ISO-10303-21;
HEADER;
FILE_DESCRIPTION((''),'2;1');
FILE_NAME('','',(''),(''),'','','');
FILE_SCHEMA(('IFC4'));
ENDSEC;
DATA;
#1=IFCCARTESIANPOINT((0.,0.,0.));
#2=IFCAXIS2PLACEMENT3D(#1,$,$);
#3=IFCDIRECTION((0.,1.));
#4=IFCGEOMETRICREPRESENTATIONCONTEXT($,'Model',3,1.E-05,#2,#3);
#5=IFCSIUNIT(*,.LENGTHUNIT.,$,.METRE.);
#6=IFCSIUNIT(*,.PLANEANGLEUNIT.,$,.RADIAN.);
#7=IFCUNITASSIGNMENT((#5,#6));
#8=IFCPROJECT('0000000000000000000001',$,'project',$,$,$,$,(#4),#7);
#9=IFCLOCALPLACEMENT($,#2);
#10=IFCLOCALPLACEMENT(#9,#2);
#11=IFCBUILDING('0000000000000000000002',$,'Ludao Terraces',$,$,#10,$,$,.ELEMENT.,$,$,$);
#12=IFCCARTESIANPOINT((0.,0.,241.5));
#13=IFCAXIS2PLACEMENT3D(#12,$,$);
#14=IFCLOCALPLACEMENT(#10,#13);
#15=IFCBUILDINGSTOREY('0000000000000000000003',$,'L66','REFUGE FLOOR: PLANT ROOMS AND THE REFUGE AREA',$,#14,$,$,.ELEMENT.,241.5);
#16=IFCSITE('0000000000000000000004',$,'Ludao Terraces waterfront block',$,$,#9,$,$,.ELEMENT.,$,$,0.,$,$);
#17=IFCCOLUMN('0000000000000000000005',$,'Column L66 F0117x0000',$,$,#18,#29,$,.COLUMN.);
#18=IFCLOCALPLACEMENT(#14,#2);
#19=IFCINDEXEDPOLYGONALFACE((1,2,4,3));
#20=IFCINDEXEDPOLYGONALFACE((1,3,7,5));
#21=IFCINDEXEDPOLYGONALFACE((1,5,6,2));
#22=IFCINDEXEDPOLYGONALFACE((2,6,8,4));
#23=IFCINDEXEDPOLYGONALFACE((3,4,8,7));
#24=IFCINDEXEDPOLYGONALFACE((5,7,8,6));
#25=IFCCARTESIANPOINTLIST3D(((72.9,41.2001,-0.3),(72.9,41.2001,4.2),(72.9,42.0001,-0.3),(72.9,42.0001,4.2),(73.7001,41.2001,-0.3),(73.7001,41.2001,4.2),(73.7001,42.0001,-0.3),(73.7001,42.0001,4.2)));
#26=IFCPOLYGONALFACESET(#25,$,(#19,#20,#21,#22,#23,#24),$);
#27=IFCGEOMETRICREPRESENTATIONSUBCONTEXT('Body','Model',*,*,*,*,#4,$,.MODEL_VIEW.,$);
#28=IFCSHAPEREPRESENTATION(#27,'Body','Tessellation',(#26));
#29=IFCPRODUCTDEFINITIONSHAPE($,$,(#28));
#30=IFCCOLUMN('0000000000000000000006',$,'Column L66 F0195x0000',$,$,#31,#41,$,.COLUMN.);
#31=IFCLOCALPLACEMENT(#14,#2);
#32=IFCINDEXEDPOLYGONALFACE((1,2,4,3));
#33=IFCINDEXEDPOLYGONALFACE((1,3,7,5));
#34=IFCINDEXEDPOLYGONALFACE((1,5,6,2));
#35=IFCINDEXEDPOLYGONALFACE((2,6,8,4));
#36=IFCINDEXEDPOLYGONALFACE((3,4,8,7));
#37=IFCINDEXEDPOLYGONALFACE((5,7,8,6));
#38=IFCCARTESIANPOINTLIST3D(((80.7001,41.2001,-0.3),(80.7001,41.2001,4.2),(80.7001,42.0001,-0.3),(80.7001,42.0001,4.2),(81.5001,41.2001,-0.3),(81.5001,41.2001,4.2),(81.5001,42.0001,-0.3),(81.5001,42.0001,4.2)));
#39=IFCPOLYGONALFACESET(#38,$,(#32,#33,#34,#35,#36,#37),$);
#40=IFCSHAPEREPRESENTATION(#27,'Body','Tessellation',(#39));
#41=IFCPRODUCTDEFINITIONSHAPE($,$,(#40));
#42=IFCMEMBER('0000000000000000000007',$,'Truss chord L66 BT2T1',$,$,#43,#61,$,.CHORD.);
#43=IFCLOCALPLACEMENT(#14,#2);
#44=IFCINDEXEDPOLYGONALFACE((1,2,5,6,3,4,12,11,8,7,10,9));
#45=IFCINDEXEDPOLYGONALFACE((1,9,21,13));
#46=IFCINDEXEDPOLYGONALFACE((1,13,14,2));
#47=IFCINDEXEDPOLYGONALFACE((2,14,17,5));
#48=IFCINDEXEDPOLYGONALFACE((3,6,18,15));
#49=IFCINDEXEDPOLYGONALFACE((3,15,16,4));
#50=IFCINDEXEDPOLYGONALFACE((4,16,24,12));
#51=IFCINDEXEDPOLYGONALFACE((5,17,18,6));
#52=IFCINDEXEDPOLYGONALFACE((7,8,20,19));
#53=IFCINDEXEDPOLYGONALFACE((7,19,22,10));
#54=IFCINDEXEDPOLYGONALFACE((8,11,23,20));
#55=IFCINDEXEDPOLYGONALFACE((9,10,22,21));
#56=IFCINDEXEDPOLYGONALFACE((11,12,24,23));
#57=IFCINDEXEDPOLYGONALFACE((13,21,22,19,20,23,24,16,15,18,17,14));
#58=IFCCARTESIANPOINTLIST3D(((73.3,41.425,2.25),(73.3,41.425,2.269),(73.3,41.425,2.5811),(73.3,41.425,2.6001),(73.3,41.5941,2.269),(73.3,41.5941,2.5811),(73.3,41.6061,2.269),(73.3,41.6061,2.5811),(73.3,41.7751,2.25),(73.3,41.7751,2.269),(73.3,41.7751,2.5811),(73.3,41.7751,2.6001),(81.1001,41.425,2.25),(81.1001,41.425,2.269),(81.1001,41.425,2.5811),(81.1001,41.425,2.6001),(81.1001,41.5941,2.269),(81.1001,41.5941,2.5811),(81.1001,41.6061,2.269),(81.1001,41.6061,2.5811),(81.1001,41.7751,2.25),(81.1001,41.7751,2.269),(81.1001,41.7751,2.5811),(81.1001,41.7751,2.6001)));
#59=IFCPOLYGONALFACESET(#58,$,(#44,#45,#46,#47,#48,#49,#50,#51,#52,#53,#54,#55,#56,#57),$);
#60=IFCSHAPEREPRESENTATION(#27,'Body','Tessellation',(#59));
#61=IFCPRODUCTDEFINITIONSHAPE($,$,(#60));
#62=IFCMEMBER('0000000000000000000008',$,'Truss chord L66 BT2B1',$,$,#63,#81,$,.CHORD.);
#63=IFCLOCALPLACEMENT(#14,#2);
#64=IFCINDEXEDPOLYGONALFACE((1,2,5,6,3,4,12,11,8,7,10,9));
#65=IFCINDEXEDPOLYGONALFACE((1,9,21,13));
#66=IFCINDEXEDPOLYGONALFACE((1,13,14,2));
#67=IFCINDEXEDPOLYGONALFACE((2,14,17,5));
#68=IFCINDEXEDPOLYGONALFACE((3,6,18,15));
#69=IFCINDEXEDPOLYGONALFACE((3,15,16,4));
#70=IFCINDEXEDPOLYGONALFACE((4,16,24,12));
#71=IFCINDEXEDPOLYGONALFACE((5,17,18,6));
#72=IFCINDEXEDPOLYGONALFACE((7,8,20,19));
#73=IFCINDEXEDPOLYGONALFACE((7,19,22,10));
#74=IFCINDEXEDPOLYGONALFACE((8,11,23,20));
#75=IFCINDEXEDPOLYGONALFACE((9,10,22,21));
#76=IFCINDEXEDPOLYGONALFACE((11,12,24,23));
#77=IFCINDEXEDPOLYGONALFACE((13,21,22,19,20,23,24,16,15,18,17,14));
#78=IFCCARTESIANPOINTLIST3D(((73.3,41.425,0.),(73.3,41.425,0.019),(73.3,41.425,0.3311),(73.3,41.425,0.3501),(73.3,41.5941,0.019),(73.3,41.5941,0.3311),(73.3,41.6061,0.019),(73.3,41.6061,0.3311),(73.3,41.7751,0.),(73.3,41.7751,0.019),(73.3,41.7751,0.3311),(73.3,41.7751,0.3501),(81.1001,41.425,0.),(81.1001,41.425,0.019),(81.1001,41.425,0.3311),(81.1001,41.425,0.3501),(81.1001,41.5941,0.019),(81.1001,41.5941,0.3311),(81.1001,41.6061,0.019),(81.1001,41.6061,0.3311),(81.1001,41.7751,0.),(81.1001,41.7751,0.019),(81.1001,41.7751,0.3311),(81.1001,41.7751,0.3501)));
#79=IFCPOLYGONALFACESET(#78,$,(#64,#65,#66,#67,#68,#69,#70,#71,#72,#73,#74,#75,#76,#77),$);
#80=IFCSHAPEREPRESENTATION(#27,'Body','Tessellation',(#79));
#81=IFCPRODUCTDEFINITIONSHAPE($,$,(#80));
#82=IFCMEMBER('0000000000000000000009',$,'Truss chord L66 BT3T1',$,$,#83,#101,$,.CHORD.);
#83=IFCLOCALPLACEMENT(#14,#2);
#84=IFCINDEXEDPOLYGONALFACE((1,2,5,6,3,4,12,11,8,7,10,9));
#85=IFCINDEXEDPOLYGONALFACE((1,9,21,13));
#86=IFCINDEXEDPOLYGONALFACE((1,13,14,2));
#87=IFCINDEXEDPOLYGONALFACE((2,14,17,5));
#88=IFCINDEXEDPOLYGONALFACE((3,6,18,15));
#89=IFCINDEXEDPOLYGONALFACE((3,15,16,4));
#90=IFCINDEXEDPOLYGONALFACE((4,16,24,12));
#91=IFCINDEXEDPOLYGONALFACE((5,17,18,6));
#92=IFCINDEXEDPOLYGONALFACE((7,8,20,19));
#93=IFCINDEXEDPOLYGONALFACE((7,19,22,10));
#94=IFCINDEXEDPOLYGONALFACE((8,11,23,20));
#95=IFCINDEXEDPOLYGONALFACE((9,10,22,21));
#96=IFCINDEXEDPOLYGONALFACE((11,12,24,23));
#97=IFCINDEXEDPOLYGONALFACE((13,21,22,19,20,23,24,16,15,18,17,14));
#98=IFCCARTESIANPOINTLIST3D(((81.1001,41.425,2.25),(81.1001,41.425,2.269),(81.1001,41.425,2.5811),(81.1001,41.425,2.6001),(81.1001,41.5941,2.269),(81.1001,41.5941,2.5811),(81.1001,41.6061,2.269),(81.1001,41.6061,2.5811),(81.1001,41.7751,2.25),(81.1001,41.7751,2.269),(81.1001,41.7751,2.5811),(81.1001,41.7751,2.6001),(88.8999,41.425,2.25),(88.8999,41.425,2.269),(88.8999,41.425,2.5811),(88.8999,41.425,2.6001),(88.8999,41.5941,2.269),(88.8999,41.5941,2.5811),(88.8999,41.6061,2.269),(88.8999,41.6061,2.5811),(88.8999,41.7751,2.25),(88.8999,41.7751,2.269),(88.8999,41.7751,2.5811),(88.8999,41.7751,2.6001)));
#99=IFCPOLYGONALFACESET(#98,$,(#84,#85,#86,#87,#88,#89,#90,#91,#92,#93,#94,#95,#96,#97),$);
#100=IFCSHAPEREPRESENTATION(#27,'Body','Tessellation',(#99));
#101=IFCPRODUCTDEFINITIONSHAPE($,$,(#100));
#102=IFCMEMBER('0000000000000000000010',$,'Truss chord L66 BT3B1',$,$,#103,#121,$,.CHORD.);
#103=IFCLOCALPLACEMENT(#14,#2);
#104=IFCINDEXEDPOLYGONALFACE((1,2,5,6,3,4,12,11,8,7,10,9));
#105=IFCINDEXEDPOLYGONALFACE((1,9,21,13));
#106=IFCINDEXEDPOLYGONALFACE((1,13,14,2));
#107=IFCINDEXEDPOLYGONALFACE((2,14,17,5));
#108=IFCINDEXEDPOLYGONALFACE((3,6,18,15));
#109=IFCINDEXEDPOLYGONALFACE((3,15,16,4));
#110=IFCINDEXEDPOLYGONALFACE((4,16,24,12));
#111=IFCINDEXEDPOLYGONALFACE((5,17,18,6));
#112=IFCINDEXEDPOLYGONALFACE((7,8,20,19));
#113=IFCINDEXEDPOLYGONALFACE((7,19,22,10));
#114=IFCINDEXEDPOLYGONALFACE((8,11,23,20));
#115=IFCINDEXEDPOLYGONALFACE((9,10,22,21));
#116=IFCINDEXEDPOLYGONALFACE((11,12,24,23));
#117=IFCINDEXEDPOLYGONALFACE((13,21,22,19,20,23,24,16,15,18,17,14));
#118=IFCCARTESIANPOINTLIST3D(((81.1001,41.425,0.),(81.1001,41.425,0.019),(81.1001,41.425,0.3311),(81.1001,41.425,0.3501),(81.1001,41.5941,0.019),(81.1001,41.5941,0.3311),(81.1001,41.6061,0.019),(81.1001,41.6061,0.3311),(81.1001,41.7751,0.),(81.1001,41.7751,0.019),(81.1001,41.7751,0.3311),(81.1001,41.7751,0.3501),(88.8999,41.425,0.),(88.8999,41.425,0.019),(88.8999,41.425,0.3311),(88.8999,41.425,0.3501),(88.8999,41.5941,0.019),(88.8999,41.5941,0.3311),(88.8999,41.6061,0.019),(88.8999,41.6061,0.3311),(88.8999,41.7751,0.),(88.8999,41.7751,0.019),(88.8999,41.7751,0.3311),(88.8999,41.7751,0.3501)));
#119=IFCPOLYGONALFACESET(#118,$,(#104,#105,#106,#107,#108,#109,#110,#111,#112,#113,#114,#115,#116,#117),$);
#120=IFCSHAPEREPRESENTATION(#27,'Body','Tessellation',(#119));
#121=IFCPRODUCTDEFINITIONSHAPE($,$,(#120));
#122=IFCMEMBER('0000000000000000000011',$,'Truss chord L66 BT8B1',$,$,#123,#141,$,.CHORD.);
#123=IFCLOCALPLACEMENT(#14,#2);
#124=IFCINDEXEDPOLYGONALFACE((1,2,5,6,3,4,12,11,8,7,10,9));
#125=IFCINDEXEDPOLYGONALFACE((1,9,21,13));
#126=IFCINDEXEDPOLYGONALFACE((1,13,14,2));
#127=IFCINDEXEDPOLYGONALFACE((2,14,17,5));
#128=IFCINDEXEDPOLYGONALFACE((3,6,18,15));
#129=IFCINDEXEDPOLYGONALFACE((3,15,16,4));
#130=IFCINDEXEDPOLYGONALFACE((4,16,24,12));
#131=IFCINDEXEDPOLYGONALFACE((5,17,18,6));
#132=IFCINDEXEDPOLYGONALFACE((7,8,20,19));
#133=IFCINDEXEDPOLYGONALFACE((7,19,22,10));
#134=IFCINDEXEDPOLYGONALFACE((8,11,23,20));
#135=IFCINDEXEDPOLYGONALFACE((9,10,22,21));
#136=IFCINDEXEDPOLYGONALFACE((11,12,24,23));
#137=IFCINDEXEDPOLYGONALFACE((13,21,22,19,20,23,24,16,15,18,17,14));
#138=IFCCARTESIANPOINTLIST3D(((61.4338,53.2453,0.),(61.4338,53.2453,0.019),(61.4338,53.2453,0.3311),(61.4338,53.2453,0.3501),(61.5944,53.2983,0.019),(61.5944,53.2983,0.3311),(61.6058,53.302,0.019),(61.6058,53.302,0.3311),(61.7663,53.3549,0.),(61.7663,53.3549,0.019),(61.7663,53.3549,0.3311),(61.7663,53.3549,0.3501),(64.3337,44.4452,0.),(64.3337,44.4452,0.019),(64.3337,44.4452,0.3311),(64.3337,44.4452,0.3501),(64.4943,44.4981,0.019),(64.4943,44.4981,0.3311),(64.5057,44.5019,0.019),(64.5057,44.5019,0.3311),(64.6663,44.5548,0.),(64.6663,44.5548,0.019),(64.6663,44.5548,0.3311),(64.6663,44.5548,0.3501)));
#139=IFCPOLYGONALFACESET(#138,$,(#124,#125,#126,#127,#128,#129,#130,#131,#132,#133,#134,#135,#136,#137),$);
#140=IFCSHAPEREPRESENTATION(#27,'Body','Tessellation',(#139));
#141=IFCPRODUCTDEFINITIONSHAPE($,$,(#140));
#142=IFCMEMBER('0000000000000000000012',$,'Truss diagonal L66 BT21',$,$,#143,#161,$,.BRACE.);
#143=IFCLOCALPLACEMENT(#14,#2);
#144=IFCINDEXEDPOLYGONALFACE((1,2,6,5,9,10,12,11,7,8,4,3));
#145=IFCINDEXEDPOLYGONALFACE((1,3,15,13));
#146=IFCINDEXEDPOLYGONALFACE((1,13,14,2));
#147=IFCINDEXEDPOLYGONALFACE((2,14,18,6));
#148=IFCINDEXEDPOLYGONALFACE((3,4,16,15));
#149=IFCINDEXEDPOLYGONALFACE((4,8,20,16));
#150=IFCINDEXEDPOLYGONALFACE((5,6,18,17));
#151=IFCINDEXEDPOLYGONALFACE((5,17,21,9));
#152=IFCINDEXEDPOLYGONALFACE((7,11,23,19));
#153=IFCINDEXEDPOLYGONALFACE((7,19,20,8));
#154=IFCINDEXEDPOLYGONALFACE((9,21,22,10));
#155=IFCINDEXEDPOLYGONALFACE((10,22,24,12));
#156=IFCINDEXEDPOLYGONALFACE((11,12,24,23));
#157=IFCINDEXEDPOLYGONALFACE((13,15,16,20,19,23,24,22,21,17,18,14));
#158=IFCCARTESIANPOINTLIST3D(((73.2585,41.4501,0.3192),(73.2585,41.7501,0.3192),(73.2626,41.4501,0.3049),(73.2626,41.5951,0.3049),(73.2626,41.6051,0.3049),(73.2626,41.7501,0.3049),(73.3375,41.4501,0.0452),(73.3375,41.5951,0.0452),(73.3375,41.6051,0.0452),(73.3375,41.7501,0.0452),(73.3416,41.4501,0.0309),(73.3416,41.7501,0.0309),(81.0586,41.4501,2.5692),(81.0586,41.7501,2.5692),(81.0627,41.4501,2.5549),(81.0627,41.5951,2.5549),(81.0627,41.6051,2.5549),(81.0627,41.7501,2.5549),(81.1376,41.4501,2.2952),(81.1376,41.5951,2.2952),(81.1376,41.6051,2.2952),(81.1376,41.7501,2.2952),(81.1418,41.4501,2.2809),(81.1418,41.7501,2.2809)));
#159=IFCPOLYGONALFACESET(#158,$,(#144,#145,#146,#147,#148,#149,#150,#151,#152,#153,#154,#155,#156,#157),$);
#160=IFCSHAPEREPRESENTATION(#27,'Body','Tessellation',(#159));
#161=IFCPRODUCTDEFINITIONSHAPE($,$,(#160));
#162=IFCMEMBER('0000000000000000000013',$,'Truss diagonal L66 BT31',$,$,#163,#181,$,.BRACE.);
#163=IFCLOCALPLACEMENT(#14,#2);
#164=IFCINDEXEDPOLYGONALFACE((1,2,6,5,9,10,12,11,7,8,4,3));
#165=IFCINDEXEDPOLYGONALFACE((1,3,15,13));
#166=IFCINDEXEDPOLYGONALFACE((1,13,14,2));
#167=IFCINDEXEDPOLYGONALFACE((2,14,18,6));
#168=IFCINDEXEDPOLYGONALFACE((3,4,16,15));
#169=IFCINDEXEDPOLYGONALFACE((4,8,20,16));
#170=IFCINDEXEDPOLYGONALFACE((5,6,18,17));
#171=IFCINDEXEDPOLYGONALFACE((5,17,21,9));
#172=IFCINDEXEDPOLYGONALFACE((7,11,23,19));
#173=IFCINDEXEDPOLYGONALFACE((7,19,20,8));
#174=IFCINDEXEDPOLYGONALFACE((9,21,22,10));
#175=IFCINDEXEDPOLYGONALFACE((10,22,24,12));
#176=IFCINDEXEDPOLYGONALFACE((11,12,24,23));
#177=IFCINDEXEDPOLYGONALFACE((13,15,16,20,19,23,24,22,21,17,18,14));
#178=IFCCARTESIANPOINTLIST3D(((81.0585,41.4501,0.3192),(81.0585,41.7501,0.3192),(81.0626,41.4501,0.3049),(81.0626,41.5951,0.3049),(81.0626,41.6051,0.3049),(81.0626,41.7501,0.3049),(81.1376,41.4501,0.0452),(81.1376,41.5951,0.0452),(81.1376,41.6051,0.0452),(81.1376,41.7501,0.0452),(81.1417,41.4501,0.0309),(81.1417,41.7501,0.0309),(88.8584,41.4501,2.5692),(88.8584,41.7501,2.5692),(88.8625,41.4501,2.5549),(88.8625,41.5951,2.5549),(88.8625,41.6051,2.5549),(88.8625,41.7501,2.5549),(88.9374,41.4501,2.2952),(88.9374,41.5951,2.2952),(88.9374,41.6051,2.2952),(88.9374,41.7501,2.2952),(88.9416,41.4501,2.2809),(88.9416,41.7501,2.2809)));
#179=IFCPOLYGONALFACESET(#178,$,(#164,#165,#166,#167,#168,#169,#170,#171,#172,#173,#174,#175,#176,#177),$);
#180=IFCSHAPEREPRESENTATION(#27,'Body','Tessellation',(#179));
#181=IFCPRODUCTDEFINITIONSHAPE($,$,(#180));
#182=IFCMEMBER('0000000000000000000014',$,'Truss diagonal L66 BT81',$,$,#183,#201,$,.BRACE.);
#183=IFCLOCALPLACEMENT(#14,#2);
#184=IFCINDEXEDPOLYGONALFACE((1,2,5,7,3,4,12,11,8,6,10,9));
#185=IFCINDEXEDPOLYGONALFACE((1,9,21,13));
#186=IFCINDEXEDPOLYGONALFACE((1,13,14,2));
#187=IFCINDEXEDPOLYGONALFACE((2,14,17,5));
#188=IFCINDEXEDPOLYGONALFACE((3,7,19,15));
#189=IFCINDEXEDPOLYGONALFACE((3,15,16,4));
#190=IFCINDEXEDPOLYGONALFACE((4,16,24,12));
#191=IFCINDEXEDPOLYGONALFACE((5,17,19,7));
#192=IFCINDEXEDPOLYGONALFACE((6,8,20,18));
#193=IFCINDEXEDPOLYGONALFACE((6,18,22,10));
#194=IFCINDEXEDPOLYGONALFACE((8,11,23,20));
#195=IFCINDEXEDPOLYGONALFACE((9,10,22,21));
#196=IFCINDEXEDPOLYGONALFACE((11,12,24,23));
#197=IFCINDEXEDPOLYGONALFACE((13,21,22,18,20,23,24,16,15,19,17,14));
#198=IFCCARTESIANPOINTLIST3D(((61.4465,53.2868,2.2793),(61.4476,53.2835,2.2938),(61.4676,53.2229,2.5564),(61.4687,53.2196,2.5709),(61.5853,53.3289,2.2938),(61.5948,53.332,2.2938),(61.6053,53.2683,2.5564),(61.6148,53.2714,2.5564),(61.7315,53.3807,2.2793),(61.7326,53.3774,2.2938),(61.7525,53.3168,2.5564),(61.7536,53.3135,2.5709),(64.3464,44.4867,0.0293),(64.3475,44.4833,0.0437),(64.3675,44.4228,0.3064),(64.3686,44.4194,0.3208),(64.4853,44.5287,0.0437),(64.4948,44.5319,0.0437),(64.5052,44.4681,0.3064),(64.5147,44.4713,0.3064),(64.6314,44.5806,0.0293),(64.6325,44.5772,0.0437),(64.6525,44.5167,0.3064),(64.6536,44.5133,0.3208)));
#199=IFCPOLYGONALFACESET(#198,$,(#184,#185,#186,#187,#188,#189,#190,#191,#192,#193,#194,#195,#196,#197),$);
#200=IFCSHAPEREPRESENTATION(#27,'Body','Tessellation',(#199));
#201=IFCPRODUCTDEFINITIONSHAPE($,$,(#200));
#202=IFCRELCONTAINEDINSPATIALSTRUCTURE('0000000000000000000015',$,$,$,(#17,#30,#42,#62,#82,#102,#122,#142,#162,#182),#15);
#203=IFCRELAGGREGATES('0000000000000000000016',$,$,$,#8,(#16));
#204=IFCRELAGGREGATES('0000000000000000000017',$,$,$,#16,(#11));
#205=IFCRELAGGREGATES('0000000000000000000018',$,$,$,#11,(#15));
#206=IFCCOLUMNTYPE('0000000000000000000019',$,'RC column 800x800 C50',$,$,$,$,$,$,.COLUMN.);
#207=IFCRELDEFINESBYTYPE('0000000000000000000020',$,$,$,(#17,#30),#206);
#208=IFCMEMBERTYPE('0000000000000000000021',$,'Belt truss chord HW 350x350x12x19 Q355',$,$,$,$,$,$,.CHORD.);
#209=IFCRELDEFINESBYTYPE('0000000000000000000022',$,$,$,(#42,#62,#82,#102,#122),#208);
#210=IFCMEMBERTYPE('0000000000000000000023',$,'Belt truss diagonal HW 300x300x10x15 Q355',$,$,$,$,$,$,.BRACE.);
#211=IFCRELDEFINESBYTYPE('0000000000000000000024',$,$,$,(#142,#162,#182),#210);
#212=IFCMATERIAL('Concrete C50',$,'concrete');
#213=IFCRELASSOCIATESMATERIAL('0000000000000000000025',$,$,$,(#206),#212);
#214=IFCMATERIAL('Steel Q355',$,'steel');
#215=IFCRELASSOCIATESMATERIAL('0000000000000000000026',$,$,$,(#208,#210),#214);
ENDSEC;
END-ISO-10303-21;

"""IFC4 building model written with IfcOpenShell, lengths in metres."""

from ifc_helpers import new_model, si_unit, direction, frame, origin, origin_2d, place, context, subcontext, project, spatial, rectangle, i_section, extrude, material, material_profile, profile_set, type_object, element, save


model = new_model("IFC4")

# Units and contexts
model_context = context("Model", 3, precision=1e-05, world=origin(), true_north=direction((0.0, 1.0)))
body_context = subcontext(model_context, "Body", "Model", "MODEL_VIEW")
ifc_project = project(units=[si_unit("LENGTHUNIT", "METRE"), si_unit("PLANEANGLEUNIT", "RADIAN")], contexts=[model_context])

# Site, building, storey
site_placement = place(None, origin())
site = spatial("IfcSite", under=ifc_project, at=site_placement, Name="Ludao Terraces waterfront block", CompositionType="ELEMENT", RefElevation=0.0)
building_placement = place(site_placement, origin())
building = spatial("IfcBuilding", under=site, at=building_placement, Name="Ludao Terraces", CompositionType="ELEMENT")
storey_placement = place(building_placement, frame((0.0, 0.0, 241.5)))
storey = spatial("IfcBuildingStorey", under=building, at=storey_placement, Name="L66", Description="REFUGE FLOOR: PLANT ROOMS AND THE REFUGE AREA", CompositionType="ELEMENT", Elevation=241.5)

# Columns
ifc_material_1 = material(Name="Concrete C50", Category="concrete")
ifc_material_profile_1 = material_profile(ifc_material_1, rectangle(XDim=0.8, YDim=0.8, at=origin_2d()), Name="800 X 800")
ifc_profile_set_1 = profile_set([ifc_material_profile_1], Name="Concrete C50")
column_type = type_object("IfcColumnType", Name="RC column 800x800 C50", PredefinedType="COLUMN", material=ifc_profile_set_1)
for number, where, z_axis, x_axis, name in (
    (1, (73.3, 41.6001, -0.3), (0.0, 0.0, 1.0), (1.0, 0.0, 0.0), "Column L66 F0117x0000"),
    (2, (81.1001, 41.6001, -0.3), (0.0, 0.0, 1.0), (1.0, 0.0, 0.0), "Column L66 F0195x0000"),
):
    element("IfcColumn", number, at=place(storey_placement, frame(where, z_axis=z_axis, x_axis=x_axis)), inside=storey, type_object=column_type, Name=name, PredefinedType="COLUMN", context=body_context, shape_type="SweptSolid", body=[
        extrude(rectangle(XDim=0.8, YDim=0.8, at=origin_2d()), origin(), (0.0, 0.0, 1.0), 4.5),
    ])

# Members
ifc_material_2 = material(Name="Steel Q355", Category="steel")
ifc_material_profile_2 = material_profile(ifc_material_2, i_section(OverallWidth=0.3501, OverallDepth=0.3501, WebThickness=0.012, FlangeThickness=0.019, at=origin_2d()), Name="HW 350X350X12X19")
ifc_profile_set_2 = profile_set([ifc_material_profile_2], Name="Steel Q355")
member_type_1 = type_object("IfcMemberType", Name="Belt truss chord HW 350x350x12x19 Q355", PredefinedType="CHORD", material=ifc_profile_set_2)
for number, where, z_axis, x_axis, name in (
    (3, (73.3, 41.6001, 2.425), (1.0, 0.0, 0.0), (0.0, 1.0, 0.0), "Truss chord L66 BT2T1"),
    (4, (73.3, 41.6001, 0.175), (1.0, 0.0, 0.0), (0.0, 1.0, 0.0), "Truss chord L66 BT2B1"),
):
    element("IfcMember", number, at=place(storey_placement, frame(where, z_axis=z_axis, x_axis=x_axis)), inside=storey, type_object=member_type_1, Name=name, PredefinedType="CHORD", context=body_context, shape_type="SweptSolid", body=[
        extrude(i_section(OverallWidth=0.3501, OverallDepth=0.3501, WebThickness=0.012, FlangeThickness=0.019, at=origin_2d()), origin(), (0.0, 0.0, 1.0), 7.8),
    ])
for number, where, z_axis, x_axis, name in (
    (5, (81.1001, 41.6001, 2.425), (1.0, 0.0, 0.0), (0.0, 1.0, 0.0), "Truss chord L66 BT3T1"),
    (6, (81.1001, 41.6001, 0.175), (1.0, 0.0, 0.0), (0.0, 1.0, 0.0), "Truss chord L66 BT3B1"),
):
    element("IfcMember", number, at=place(storey_placement, frame(where, z_axis=z_axis, x_axis=x_axis)), inside=storey, type_object=member_type_1, Name=name, PredefinedType="CHORD", context=body_context, shape_type="SweptSolid", body=[
        extrude(i_section(OverallWidth=0.3501, OverallDepth=0.3501, WebThickness=0.012, FlangeThickness=0.019, at=origin_2d()), origin(), (0.0, 0.0, 1.0), 7.7998),
    ])
member_1_placement = place(storey_placement, frame((64.5, 44.5, 0.175), z_axis=(-0.312977, 0.949761, 0.0), x_axis=(-0.949761, -0.312977, 0.0)))
element("IfcMember", 7, at=member_1_placement, inside=storey, type_object=member_type_1, Name="Truss chord L66 BT8B1", PredefinedType="CHORD", context=body_context, shape_type="SweptSolid", body=[
    extrude(i_section(OverallWidth=0.3501, OverallDepth=0.3501, WebThickness=0.012, FlangeThickness=0.019, at=origin_2d()), origin(), (0.0, 0.0, 1.0), 9.2656),
])
ifc_material_profile_3 = material_profile(ifc_material_2, i_section(OverallWidth=0.3, OverallDepth=0.3, WebThickness=0.01, FlangeThickness=0.0149, at=origin_2d()), Name="HW 300X300X10X15")
ifc_profile_set_3 = profile_set([ifc_material_profile_3], Name="Steel Q355")
member_type_2 = type_object("IfcMemberType", Name="Belt truss diagonal HW 300x300x10x15 Q355", PredefinedType="BRACE", material=ifc_profile_set_3)
member_2_placement = place(storey_placement, frame((73.3, 41.6001, 0.175), z_axis=(0.960824, 0.0, 0.277159), x_axis=(0.0, 1.0, 0.0)))
element("IfcMember", 8, at=member_2_placement, inside=storey, type_object=member_type_2, Name="Truss diagonal L66 BT21", PredefinedType="BRACE", context=body_context, shape_type="SweptSolid", body=[
    extrude(i_section(OverallWidth=0.3, OverallDepth=0.3, WebThickness=0.01, FlangeThickness=0.0149, at=origin_2d()), origin(), (0.0, 0.0, 1.0), 8.1182),
])
member_3_placement = place(storey_placement, frame((81.1001, 41.6001, 0.175), z_axis=(0.960822, 0.0, 0.277167), x_axis=(0.0, 1.0, 0.0)))
element("IfcMember", 9, at=member_3_placement, inside=storey, type_object=member_type_2, Name="Truss diagonal L66 BT31", PredefinedType="BRACE", context=body_context, shape_type="SweptSolid", body=[
    extrude(i_section(OverallWidth=0.3, OverallDepth=0.3, WebThickness=0.01, FlangeThickness=0.0149, at=origin_2d()), origin(), (0.0, 0.0, 1.0), 8.1179),
])
member_4_placement = place(storey_placement, frame((64.5, 44.5, 0.175), z_axis=(-0.304138, 0.922938, 0.235977), x_axis=(-0.949761, -0.312977, 0.0)))
element("IfcMember", 10, at=member_4_placement, inside=storey, type_object=member_type_2, Name="Truss diagonal L66 BT81", PredefinedType="BRACE", context=body_context, shape_type="SweptSolid", body=[
    extrude(i_section(OverallWidth=0.3, OverallDepth=0.3, WebThickness=0.01, FlangeThickness=0.0149, at=origin_2d()), origin(), (0.0, 0.0, 1.0), 9.5349),
])

save(model, "model.ifc")
